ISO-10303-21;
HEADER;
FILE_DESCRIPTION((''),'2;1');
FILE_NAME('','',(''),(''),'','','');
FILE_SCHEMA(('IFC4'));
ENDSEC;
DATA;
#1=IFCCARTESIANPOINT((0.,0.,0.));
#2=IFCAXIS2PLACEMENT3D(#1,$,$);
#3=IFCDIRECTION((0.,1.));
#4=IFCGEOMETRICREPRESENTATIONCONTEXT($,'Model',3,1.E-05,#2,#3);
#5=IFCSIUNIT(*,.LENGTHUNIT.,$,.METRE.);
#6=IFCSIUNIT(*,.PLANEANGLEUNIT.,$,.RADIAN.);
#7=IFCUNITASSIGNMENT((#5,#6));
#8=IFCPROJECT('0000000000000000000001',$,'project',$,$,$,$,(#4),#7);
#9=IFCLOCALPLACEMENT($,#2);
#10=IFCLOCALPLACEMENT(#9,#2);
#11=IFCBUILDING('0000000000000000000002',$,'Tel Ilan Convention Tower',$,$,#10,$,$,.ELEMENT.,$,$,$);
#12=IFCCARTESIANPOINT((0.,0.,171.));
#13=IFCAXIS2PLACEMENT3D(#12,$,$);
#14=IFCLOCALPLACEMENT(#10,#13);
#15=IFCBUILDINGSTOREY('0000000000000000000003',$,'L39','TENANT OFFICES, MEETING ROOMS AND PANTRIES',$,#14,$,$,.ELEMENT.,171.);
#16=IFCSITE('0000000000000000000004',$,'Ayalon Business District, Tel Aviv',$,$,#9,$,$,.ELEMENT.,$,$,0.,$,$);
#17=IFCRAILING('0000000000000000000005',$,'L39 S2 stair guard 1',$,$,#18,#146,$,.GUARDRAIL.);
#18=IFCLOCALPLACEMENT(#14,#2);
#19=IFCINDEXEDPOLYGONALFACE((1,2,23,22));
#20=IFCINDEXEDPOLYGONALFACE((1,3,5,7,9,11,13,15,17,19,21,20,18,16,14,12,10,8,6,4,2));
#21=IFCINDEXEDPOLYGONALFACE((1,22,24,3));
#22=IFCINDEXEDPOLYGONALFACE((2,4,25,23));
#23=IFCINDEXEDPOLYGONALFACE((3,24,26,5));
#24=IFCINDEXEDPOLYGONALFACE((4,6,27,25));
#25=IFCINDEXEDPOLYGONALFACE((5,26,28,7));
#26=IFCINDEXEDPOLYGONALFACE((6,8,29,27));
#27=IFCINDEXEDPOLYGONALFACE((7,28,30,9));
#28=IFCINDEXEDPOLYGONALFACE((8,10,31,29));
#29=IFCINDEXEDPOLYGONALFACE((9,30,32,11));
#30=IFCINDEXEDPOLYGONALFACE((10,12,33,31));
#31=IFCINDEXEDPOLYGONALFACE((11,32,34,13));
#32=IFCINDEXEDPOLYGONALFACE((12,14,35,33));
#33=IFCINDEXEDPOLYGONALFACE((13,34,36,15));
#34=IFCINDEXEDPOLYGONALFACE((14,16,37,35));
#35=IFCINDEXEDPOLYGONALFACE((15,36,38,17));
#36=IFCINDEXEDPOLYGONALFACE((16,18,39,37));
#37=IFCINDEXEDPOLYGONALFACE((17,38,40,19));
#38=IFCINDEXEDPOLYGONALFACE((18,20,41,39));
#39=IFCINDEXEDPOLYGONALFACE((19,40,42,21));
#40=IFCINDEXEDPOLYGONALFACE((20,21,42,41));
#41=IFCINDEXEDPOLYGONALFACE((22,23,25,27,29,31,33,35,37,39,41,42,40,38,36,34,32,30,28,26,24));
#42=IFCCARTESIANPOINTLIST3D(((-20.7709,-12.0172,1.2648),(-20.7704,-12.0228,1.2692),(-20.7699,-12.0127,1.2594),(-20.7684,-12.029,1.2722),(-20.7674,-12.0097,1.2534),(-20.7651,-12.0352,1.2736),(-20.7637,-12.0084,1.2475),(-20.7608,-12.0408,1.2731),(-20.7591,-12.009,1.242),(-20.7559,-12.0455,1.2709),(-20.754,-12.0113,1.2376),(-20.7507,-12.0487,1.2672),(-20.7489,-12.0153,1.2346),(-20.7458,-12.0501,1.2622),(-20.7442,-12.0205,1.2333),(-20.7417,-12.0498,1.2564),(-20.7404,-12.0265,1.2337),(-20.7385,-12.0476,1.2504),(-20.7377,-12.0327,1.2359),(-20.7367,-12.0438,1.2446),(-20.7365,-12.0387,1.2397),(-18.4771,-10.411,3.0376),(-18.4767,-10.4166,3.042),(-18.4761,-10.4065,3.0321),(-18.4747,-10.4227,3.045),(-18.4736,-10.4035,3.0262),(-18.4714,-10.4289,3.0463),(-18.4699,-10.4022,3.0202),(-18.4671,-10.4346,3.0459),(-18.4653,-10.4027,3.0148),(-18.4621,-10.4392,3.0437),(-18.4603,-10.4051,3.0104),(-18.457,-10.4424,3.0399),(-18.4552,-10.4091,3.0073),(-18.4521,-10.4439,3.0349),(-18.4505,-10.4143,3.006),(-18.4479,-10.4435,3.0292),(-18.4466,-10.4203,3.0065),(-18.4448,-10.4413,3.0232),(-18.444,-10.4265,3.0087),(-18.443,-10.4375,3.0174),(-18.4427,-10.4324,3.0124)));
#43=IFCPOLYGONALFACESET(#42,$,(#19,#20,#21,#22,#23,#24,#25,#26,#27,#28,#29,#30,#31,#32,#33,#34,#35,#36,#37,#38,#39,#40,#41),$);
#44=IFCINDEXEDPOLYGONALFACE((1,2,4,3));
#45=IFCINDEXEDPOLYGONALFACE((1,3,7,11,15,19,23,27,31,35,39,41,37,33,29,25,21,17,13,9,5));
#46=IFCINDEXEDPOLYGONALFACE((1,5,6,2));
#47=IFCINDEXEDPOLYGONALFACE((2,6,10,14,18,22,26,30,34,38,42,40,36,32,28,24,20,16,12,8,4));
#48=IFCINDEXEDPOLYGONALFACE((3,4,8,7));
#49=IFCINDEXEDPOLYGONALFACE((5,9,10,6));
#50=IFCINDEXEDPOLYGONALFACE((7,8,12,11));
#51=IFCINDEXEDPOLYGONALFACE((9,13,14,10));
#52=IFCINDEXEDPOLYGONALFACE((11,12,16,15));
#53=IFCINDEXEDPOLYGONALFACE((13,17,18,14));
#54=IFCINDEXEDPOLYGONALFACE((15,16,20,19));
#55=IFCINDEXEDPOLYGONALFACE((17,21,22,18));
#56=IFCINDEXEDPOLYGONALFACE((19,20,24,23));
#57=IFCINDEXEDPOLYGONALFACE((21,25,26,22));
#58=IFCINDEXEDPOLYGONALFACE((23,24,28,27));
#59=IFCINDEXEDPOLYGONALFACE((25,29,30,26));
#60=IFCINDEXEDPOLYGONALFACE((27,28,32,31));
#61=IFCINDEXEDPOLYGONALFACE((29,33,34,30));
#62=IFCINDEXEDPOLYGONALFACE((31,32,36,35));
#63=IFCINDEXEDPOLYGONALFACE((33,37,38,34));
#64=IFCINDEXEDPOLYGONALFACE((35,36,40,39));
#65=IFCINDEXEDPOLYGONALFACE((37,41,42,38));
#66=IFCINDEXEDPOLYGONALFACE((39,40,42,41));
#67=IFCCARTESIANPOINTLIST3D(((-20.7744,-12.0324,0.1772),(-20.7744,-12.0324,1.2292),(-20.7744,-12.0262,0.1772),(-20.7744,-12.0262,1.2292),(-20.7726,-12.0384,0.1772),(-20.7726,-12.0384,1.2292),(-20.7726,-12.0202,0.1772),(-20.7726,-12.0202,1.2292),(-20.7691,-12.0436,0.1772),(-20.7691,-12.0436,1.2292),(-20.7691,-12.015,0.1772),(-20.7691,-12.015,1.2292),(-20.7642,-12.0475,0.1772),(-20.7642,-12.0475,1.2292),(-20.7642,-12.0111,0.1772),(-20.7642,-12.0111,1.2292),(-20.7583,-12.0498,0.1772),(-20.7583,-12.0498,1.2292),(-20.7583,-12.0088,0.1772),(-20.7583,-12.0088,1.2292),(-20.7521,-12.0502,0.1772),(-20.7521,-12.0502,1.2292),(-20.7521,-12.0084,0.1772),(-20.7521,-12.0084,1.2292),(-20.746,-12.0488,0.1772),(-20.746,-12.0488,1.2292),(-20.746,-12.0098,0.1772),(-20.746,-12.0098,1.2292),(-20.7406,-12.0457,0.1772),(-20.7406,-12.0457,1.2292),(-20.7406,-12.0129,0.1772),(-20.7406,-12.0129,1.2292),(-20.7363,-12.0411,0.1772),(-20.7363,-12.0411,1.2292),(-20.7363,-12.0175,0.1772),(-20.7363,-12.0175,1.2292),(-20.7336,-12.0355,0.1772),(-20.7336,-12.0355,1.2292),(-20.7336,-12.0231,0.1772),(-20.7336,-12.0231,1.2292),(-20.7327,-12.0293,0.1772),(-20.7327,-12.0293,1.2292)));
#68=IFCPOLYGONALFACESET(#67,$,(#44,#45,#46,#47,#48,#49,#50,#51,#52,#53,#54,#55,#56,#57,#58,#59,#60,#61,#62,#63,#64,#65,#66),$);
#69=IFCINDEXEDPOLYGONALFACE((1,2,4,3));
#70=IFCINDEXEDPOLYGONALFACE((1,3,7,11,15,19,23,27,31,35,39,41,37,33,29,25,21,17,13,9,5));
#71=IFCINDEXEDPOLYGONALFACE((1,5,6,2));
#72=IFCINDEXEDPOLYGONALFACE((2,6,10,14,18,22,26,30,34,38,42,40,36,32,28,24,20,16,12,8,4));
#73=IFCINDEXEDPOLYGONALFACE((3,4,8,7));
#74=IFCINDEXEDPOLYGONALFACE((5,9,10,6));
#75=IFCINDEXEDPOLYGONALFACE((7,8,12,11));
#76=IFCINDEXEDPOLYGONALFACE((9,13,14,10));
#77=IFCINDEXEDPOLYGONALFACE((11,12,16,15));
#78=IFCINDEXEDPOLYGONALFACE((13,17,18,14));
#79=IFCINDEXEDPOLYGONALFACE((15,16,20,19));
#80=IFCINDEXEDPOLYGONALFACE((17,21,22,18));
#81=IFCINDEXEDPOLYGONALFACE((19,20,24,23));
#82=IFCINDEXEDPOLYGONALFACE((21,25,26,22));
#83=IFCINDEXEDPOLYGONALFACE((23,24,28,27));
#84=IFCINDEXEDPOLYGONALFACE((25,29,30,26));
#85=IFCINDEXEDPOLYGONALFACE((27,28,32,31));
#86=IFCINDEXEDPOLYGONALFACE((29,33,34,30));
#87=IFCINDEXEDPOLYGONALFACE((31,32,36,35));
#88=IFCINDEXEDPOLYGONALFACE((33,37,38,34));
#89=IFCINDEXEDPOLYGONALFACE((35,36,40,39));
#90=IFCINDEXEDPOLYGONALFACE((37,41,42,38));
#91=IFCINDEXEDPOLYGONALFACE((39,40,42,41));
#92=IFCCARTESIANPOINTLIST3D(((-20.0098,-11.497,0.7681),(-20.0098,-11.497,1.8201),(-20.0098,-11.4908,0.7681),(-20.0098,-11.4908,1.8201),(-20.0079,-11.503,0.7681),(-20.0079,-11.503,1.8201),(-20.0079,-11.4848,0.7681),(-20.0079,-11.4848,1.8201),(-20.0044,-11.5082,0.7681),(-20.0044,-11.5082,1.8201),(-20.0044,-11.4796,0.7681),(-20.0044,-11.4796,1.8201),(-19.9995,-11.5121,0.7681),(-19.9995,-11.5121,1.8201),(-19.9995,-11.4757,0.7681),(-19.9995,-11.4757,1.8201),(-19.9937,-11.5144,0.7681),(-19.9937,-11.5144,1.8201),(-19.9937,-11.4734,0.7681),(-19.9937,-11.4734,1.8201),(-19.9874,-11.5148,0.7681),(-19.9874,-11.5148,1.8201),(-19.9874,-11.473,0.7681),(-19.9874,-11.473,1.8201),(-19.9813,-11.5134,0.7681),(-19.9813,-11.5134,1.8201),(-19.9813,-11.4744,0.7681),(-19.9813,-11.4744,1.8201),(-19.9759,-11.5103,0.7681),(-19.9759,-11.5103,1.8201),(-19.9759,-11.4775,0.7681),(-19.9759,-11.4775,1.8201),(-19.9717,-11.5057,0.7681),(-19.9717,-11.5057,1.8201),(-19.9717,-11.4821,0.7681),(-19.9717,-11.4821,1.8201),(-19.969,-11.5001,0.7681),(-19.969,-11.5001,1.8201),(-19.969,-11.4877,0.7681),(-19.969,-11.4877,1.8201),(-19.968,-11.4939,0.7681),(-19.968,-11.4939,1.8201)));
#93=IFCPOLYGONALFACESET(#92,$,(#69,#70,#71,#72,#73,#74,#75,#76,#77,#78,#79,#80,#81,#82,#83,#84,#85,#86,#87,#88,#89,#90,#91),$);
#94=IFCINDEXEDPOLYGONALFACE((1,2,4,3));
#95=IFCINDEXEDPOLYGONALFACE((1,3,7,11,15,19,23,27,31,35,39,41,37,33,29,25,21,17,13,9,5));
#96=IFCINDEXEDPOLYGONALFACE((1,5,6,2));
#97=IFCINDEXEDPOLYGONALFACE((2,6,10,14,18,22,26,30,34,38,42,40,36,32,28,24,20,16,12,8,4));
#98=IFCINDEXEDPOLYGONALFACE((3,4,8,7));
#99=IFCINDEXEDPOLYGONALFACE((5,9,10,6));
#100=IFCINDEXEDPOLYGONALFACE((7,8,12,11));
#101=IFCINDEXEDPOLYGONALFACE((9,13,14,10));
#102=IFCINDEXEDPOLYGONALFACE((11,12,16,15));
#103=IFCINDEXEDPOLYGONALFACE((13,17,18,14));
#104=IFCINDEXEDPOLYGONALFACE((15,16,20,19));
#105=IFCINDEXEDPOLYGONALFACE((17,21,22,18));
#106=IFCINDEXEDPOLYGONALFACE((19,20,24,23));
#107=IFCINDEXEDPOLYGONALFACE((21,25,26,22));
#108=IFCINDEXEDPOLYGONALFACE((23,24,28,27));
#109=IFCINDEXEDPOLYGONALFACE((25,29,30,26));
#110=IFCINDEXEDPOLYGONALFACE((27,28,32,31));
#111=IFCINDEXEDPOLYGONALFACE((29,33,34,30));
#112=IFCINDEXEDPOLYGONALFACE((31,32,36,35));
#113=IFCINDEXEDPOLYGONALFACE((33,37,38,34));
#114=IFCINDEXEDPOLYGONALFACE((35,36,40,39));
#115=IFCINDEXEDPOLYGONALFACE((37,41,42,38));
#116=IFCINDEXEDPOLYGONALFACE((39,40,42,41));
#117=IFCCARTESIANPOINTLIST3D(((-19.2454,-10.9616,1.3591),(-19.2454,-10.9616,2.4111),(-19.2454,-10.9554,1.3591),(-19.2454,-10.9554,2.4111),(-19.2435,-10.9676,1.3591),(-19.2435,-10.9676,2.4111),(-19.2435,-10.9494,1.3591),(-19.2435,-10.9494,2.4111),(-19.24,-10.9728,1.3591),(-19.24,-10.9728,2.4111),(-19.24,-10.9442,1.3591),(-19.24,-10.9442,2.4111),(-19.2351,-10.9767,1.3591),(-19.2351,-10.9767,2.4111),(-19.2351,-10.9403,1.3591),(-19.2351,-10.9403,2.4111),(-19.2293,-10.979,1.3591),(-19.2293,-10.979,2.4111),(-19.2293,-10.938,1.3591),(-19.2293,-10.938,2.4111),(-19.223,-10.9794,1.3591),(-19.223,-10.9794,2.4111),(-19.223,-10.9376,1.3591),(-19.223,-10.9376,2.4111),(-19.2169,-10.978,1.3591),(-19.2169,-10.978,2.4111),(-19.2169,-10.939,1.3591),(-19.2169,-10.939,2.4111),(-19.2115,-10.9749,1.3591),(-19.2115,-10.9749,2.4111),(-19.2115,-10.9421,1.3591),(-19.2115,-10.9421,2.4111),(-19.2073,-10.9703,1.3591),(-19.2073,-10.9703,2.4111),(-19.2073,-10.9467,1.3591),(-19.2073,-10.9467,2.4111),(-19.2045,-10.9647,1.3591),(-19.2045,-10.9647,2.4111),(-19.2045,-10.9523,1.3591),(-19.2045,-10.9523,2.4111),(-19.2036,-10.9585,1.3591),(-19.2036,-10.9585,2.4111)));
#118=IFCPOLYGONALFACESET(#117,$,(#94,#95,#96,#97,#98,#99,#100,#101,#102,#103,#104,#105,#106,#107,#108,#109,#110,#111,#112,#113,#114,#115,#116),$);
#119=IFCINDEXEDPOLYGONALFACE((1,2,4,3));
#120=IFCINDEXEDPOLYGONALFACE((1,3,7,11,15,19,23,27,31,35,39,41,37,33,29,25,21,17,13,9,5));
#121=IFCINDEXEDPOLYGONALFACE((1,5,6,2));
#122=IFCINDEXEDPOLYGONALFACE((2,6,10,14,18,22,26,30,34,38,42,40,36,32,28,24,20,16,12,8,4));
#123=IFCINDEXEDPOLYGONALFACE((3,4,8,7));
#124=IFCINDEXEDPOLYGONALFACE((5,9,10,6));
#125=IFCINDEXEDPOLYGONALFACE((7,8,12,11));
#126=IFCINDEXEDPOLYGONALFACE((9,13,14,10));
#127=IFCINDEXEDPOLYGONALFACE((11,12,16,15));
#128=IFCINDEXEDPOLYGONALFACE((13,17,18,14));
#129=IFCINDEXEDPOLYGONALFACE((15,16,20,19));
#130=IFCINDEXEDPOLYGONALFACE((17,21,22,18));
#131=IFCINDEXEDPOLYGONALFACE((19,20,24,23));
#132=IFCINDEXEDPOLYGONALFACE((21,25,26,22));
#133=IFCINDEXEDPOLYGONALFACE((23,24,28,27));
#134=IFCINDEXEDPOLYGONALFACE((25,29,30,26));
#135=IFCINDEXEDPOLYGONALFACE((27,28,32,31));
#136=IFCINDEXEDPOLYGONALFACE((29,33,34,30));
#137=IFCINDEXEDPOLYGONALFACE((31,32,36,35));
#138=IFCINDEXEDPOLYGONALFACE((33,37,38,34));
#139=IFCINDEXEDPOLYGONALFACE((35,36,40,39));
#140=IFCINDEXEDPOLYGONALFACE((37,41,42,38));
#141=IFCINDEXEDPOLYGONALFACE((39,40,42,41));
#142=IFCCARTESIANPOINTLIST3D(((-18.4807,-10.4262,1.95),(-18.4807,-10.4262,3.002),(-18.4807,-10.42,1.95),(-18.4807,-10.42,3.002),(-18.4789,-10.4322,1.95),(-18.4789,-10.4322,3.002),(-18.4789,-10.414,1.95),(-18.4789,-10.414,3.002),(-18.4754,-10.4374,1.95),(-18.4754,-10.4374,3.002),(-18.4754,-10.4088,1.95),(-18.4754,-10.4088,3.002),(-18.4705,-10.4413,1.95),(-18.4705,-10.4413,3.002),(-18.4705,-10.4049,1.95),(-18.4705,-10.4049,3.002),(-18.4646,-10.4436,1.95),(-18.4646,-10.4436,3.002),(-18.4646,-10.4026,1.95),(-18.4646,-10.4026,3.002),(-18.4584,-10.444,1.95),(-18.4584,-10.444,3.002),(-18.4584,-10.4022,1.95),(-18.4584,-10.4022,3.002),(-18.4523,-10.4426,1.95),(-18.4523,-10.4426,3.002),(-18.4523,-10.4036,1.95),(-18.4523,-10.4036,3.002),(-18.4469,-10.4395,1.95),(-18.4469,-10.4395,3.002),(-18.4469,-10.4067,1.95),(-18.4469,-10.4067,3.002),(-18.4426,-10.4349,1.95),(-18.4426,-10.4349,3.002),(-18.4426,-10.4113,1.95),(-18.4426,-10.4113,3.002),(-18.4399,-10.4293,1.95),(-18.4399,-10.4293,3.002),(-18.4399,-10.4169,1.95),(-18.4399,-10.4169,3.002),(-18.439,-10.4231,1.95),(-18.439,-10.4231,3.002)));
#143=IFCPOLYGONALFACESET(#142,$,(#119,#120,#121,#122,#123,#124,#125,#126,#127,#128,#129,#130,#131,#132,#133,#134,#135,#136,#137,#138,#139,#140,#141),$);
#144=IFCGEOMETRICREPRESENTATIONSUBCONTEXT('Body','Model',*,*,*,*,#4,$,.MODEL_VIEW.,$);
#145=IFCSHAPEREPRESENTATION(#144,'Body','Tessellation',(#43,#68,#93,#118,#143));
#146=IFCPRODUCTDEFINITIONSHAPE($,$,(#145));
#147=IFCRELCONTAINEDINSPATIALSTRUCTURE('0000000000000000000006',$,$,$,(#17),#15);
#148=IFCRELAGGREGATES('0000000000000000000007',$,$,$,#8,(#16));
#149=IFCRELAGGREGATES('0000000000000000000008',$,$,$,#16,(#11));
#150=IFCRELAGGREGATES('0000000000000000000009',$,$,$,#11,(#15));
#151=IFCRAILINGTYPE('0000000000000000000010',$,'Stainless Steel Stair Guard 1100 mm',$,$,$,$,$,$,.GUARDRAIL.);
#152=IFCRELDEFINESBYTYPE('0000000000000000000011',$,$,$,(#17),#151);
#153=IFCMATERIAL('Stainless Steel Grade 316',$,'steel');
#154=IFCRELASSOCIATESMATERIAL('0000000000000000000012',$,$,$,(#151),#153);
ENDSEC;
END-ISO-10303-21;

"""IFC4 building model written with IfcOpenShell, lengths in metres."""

from ifc_helpers import new_model, si_unit, direction, frame, origin, origin_2d, place, context, subcontext, project, spatial, circle, extrude, material, type_object, element, save


model = new_model("IFC4")

# Units and contexts
model_context = context("Model", 3, precision=1e-05, world=origin(), true_north=direction((0.0, 1.0)))
body_context = subcontext(model_context, "Body", "Model", "MODEL_VIEW")
ifc_project = project(units=[si_unit("LENGTHUNIT", "METRE"), si_unit("PLANEANGLEUNIT", "RADIAN")], contexts=[model_context])

# Site, building, storey
site_placement = place(None, origin())
site = spatial("IfcSite", under=ifc_project, at=site_placement, Name="Ayalon Business District, Tel Aviv", CompositionType="ELEMENT", RefElevation=0.0)
building_placement = place(site_placement, origin())
building = spatial("IfcBuilding", under=site, at=building_placement, Name="Tel Ilan Convention Tower", CompositionType="ELEMENT")
storey_placement = place(building_placement, frame((0.0, 0.0, 171.0)))
storey = spatial("IfcBuildingStorey", under=building, at=storey_placement, Name="L39", Description="TENANT OFFICES, MEETING ROOMS AND PANTRIES", CompositionType="ELEMENT", Elevation=171.0)

# Railing
ifc_material_1 = material(Name="Stainless Steel Grade 316", Category="steel")
railing_type_1 = type_object("IfcRailingType", Name="Stainless Steel Stair Guard 1100 mm", PredefinedType="GUARDRAIL", material=ifc_material_1)
railing_1_placement = place(storey_placement, frame((-20.7537, -12.0293, 0.1772)))
element("IfcRailing", 1, at=railing_1_placement, inside=storey, type_object=railing_type_1, Name="L39 S2 stair guard 1", PredefinedType="GUARDRAIL", context=body_context, shape_type="SweptSolid", body=[
    extrude(circle(Radius=0.0239, at=origin_2d()), frame((0.0, 0.0, 1.0762), z_axis=(0.692098, 0.484653, 0.534894), x_axis=(-0.573609, 0.81913, 0.0)), (0.0, 0.0, 1.0), 3.3142),
    extrude(circle(Radius=0.021, at=origin_2d()), origin(), (0.0, 0.0, 1.0), 1.052),
    extrude(circle(Radius=0.021, at=origin_2d()), frame((0.7646, 0.5354, 0.5908)), (0.0, 0.0, 1.0), 1.052),
    extrude(circle(Radius=0.021, at=origin_2d()), frame((1.5291, 1.0708, 1.1819)), (0.0, 0.0, 1.0), 1.052),
    extrude(circle(Radius=0.021, at=origin_2d()), frame((2.2937, 1.6062, 1.7727)), (0.0, 0.0, 1.0), 1.052),
])

save(model, "model.ifc")
